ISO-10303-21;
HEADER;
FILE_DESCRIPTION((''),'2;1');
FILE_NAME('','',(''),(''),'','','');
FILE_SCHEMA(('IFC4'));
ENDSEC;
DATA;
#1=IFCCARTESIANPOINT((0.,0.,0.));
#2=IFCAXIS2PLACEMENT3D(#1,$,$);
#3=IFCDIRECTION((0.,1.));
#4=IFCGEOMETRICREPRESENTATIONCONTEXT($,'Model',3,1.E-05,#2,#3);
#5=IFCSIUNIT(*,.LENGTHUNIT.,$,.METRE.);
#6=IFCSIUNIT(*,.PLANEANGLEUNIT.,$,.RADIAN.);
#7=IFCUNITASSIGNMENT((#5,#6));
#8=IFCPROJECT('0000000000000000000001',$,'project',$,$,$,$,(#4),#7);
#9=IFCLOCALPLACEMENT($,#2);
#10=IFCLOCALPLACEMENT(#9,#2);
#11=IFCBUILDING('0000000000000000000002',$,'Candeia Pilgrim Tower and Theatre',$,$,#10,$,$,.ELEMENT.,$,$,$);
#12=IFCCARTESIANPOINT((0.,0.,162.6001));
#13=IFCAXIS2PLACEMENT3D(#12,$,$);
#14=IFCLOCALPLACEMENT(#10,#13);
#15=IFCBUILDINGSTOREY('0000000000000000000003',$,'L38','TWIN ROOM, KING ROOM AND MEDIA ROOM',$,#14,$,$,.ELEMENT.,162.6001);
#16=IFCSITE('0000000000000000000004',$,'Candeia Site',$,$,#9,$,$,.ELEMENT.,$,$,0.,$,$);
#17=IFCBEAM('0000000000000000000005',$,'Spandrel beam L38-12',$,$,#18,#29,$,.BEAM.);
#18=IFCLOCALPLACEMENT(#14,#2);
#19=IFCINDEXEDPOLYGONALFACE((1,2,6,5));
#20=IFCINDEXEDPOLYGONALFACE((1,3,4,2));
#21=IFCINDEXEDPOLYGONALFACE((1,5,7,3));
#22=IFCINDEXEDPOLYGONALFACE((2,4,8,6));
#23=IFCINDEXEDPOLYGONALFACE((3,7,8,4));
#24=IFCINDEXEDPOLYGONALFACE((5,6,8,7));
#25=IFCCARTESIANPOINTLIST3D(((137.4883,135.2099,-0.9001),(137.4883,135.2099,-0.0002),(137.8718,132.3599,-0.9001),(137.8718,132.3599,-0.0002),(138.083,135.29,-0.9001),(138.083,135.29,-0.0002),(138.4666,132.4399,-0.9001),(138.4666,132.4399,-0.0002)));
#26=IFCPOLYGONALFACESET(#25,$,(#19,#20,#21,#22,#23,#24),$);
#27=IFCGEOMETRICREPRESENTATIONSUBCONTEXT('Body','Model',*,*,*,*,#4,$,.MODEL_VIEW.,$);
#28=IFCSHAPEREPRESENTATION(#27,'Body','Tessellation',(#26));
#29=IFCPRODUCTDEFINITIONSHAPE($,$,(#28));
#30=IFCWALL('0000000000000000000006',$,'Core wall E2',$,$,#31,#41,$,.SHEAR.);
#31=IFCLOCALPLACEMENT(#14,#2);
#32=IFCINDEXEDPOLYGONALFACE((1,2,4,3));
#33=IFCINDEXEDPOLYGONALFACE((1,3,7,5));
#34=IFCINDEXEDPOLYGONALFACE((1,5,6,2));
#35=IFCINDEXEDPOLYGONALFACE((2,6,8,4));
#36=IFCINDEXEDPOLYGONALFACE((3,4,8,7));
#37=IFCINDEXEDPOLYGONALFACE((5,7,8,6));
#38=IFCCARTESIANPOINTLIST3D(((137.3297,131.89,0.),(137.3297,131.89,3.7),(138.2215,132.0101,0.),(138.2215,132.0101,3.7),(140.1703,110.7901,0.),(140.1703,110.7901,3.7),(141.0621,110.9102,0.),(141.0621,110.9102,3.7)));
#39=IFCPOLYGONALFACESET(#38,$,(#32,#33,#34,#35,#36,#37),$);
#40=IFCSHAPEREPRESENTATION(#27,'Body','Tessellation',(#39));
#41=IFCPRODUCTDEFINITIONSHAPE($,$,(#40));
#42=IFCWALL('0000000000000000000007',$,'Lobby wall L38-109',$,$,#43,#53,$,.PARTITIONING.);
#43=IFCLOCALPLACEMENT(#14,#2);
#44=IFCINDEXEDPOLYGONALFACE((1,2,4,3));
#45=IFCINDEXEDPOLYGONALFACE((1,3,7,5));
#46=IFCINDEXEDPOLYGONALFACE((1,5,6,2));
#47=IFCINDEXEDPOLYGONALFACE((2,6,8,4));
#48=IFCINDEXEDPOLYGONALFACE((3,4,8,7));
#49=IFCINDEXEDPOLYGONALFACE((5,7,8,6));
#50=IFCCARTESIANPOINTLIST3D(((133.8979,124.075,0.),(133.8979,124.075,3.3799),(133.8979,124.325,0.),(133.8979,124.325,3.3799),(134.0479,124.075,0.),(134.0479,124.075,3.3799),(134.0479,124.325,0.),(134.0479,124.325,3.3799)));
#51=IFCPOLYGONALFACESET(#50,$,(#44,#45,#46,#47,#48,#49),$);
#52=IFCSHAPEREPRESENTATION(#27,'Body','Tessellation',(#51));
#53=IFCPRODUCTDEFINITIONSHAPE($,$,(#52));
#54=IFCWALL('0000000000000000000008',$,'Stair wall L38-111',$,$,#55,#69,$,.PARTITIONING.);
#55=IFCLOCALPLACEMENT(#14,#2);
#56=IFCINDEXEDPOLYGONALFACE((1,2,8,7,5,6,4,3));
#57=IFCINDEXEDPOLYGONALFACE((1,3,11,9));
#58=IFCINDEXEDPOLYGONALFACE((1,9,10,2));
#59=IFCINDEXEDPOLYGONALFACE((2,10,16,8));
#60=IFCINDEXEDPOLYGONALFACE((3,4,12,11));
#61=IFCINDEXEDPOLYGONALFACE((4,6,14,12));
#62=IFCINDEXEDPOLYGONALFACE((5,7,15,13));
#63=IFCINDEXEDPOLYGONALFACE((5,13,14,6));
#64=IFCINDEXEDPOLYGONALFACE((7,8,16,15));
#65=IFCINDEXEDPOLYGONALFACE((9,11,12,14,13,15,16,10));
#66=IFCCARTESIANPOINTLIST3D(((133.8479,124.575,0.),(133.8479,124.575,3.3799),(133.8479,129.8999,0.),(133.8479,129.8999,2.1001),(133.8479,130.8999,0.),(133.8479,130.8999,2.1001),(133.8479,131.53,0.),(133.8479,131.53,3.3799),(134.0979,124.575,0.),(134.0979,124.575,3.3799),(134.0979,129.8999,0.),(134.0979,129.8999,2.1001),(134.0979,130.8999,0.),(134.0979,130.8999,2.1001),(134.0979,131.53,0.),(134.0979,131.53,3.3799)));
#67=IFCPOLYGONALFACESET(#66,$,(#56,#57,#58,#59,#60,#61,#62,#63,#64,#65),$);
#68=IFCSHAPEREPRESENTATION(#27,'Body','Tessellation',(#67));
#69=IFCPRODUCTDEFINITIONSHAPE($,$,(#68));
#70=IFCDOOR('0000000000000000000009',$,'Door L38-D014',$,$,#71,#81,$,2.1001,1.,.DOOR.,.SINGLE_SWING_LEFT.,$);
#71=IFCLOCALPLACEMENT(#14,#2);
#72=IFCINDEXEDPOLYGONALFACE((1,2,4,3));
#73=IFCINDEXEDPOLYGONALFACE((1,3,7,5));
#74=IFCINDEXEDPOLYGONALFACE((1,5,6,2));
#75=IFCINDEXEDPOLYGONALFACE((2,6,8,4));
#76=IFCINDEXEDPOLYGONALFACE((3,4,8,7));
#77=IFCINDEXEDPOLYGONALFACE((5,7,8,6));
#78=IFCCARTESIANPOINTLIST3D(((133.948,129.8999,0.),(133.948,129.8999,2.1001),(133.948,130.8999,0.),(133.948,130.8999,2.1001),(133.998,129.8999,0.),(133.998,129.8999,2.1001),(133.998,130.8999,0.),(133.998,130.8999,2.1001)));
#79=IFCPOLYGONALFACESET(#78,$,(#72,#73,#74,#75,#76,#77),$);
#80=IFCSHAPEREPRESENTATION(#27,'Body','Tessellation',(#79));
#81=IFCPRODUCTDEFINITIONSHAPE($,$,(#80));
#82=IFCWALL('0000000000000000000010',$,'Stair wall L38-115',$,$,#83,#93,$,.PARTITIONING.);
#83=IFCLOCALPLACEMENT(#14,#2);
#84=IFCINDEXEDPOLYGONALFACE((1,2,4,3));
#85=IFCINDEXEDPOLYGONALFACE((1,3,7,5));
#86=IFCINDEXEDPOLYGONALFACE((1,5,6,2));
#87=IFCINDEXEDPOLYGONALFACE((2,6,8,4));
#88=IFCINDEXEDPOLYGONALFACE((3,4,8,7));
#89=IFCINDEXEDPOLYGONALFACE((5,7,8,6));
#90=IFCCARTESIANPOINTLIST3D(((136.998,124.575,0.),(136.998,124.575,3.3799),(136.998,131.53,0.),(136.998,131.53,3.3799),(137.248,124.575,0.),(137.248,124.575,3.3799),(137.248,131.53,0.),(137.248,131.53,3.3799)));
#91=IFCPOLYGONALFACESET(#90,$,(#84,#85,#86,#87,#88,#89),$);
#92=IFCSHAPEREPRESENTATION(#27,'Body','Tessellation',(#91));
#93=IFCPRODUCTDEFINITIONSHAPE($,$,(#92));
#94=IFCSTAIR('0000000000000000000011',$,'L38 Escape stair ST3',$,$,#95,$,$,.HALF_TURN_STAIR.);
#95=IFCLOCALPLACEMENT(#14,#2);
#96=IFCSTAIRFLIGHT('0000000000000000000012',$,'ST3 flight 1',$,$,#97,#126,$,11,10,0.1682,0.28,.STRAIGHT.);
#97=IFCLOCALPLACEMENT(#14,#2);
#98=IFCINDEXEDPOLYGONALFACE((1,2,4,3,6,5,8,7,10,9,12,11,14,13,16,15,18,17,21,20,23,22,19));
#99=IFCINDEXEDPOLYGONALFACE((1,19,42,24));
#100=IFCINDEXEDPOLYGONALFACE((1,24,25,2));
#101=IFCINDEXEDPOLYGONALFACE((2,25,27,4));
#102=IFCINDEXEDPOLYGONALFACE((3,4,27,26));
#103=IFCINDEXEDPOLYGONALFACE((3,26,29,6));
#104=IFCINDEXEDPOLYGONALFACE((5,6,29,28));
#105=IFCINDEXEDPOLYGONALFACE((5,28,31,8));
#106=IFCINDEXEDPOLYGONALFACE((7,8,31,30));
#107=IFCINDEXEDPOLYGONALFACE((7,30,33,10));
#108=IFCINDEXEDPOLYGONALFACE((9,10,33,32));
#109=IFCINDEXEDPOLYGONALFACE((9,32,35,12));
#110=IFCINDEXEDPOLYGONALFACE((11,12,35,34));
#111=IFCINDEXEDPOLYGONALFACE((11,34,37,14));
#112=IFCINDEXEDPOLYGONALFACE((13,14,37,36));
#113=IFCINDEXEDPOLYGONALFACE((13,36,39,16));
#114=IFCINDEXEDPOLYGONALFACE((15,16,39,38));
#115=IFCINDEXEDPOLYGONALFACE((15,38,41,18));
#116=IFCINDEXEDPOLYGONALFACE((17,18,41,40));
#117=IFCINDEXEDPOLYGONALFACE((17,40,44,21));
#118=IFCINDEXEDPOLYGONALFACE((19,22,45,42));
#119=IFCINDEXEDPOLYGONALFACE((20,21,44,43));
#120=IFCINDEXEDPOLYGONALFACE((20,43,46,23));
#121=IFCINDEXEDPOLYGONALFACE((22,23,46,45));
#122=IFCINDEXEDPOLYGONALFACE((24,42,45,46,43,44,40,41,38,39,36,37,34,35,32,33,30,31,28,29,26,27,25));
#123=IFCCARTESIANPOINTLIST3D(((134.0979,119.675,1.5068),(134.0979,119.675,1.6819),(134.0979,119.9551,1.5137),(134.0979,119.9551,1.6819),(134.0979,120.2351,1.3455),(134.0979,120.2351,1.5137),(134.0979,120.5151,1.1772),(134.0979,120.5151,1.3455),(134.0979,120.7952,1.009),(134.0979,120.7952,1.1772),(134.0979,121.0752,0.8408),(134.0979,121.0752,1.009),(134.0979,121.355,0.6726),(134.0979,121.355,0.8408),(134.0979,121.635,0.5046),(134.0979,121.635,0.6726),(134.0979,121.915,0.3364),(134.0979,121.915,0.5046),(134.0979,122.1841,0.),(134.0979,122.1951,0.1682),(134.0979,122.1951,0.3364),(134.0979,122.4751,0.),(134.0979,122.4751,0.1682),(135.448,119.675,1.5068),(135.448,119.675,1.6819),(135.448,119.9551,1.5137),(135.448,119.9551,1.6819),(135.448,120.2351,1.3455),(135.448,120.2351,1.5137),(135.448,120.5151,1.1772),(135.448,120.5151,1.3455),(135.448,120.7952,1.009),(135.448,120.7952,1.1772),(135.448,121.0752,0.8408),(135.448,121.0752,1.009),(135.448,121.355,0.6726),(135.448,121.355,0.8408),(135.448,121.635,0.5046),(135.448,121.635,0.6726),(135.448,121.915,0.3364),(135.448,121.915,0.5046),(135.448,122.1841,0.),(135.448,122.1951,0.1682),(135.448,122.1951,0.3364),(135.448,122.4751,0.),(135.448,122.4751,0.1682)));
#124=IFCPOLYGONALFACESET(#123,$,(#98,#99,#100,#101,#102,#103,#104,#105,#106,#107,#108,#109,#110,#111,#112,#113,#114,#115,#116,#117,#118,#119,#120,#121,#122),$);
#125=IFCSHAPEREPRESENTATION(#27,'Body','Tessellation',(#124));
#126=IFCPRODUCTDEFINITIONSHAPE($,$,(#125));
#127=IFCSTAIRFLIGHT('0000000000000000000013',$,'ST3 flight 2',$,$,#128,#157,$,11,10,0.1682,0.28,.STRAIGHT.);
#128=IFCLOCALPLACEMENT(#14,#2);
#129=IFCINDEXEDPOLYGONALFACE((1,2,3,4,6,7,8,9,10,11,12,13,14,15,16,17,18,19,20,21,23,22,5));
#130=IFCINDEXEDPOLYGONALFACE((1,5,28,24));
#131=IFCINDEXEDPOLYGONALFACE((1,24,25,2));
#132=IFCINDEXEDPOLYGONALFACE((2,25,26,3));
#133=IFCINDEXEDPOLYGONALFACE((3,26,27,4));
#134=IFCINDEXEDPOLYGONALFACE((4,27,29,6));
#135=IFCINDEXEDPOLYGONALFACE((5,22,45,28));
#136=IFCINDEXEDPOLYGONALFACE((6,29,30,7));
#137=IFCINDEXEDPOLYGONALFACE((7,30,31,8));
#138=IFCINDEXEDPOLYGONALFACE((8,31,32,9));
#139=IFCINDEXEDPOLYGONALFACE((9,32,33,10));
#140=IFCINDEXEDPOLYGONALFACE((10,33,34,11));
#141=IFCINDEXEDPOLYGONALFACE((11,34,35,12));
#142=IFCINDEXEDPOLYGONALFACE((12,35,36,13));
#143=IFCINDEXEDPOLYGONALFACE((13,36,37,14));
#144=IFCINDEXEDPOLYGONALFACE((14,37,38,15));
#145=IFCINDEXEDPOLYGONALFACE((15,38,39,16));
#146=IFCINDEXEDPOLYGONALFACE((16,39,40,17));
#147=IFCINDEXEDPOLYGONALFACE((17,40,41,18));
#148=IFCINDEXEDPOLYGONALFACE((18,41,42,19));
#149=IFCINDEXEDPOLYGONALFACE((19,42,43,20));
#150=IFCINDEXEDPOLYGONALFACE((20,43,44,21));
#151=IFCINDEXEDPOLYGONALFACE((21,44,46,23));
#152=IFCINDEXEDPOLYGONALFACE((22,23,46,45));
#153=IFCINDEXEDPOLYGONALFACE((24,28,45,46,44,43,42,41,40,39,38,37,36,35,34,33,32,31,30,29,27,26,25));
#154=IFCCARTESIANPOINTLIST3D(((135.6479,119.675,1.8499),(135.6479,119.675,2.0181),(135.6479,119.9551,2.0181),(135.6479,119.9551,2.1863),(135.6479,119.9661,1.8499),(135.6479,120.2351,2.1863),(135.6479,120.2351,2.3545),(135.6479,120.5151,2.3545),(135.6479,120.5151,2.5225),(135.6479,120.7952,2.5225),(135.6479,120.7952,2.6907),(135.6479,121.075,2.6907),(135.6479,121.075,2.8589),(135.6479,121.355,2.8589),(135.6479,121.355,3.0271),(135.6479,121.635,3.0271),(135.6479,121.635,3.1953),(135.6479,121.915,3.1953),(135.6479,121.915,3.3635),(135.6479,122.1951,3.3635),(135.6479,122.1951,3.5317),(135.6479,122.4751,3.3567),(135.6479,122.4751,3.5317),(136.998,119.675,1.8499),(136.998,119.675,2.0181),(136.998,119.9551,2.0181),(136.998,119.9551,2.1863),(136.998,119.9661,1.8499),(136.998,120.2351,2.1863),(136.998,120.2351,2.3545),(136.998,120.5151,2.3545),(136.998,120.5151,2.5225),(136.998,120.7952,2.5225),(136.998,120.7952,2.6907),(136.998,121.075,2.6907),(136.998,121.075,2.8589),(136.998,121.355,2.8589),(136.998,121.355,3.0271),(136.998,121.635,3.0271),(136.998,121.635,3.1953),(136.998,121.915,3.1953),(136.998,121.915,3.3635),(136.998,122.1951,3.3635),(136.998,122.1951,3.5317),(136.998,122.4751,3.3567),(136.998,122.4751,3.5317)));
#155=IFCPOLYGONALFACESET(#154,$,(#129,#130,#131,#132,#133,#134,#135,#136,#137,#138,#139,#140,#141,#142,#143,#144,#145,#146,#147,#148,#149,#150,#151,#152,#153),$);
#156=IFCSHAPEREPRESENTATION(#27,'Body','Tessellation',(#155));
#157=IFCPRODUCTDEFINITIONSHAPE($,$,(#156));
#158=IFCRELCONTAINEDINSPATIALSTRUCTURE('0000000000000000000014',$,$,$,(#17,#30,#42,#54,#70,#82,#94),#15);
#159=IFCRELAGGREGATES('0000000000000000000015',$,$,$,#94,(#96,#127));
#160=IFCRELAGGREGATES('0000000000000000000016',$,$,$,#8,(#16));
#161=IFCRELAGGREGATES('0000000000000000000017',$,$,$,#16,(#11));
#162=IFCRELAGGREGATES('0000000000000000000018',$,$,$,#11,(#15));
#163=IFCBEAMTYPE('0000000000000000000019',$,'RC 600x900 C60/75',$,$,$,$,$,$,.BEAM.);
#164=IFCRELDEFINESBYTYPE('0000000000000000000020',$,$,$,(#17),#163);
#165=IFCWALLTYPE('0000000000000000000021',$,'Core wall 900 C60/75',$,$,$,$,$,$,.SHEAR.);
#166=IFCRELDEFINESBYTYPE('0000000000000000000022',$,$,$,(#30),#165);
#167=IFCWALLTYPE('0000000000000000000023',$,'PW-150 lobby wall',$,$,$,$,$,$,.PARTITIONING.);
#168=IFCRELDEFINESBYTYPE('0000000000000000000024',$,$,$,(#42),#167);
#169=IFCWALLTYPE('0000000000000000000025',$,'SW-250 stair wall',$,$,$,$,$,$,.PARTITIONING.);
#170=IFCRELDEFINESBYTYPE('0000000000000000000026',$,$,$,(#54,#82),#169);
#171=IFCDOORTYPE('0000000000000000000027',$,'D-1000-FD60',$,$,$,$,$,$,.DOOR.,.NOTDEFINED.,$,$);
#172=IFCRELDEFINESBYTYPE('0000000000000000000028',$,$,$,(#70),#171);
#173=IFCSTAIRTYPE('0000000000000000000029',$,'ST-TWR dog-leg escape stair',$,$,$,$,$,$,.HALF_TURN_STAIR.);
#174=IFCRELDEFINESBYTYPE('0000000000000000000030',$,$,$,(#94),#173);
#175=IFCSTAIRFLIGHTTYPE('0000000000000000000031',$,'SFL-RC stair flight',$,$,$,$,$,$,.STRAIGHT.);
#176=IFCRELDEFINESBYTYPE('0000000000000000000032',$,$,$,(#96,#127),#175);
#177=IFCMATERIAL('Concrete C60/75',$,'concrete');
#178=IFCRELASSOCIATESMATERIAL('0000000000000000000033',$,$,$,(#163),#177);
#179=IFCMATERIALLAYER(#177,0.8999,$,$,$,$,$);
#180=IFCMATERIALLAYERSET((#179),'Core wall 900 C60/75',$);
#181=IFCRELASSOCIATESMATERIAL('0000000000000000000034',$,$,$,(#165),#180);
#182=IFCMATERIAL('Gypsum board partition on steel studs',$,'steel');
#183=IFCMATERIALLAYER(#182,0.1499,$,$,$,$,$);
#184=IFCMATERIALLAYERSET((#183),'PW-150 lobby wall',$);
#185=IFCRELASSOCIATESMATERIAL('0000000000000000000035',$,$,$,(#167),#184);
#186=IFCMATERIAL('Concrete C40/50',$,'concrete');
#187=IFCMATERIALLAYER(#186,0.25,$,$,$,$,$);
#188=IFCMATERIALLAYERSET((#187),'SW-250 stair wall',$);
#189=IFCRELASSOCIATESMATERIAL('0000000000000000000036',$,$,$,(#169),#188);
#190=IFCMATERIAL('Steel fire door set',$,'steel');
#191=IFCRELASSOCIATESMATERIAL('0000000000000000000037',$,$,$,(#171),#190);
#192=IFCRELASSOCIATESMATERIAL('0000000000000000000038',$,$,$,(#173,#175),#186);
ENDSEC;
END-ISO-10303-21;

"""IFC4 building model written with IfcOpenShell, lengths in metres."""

from ifc_helpers import new_model, si_unit, direction, frame, frame_2d, origin, origin_2d, place, context, subcontext, project, spatial, polyline, rectangle, outline, extrude, material, layer, layer_set, material_profile, profile_set, type_object, element, fill, aggregate, save


model = new_model("IFC4")

# Units and contexts
model_context = context("Model", 3, precision=1e-05, world=origin(), true_north=direction((0.0, 1.0)))
body_context = subcontext(model_context, "Body", "Model", "MODEL_VIEW")
ifc_project = project(units=[si_unit("LENGTHUNIT", "METRE"), si_unit("PLANEANGLEUNIT", "RADIAN")], contexts=[model_context])

# Site, building, storey
site_placement = place(None, origin())
site = spatial("IfcSite", under=ifc_project, at=site_placement, Name="Candeia Site", CompositionType="ELEMENT", RefElevation=0.0)
building_placement = place(site_placement, origin())
building = spatial("IfcBuilding", under=site, at=building_placement, Name="Candeia Pilgrim Tower and Theatre", CompositionType="ELEMENT")
storey_placement = place(building_placement, frame((0.0, 0.0, 162.6001)))
storey = spatial("IfcBuildingStorey", under=building, at=storey_placement, Name="L38", Description="TWIN ROOM, KING ROOM AND MEDIA ROOM", CompositionType="ELEMENT", Elevation=162.6001)

# Beam
ifc_material_1 = material(Name="Concrete C60/75", Category="concrete")
ifc_material_profile = material_profile(ifc_material_1, rectangle(XDim=0.6001, YDim=0.8999, at=origin_2d()))
ifc_profile_set = profile_set([ifc_material_profile], Name="Concrete C60/75")
beam_type = type_object("IfcBeamType", Name="RC 600x900 C60/75", PredefinedType="BEAM", material=ifc_profile_set)
beam_placement = place(storey_placement, frame((138.1692, 132.3999, -0.4502), z_axis=(-0.13337, 0.991066, 0.0), x_axis=(-0.991066, -0.13337, 0.0)))
element("IfcBeam", 1, at=beam_placement, inside=storey, type_object=beam_type, Name="Spandrel beam L38-12", PredefinedType="BEAM", context=body_context, shape_type="SweptSolid", body=[
    extrude(rectangle(XDim=0.6001, YDim=0.8999, at=origin_2d()), origin(), (0.0, 0.0, 1.0), 2.8757),
])

# Wall
ifc_layer_1 = layer(ifc_material_1, 0.8999)
ifc_layer_set_1 = layer_set([ifc_layer_1], Name="Core wall 900 C60/75")
wall_type_1 = type_object("IfcWallType", Name="Core wall 900 C60/75", PredefinedType="SHEAR", material=ifc_layer_set_1)
wall_1_placement = place(storey_placement, frame((137.7756, 131.95, 0.0), z_axis=(0.0, 0.0, 1.0), x_axis=(0.133422, -0.991059, 0.0)))
element("IfcWall", 2, at=wall_1_placement, inside=storey, type_object=wall_type_1, Name="Core wall E2", PredefinedType="SHEAR", context=body_context, shape_type="SweptSolid", body=[
    extrude(rectangle(XDim=21.2903, YDim=0.8999, at=frame_2d((10.645, 0.0))), origin(), (0.0, 0.0, 1.0), 3.7),
])

# Wall
ifc_material_2 = material(Name="Gypsum board partition on steel studs", Category="steel")
ifc_layer_2 = layer(ifc_material_2, 0.1499)
ifc_layer_set_2 = layer_set([ifc_layer_2], Name="PW-150 lobby wall")
wall_type_2 = type_object("IfcWallType", Name="PW-150 lobby wall", PredefinedType="PARTITIONING", material=ifc_layer_set_2)
wall_2_placement = place(storey_placement, frame((133.9729, 124.075, 0.0), z_axis=(0.0, 0.0, 1.0), x_axis=(0.0, 1.0, 0.0)))
element("IfcWall", 3, at=wall_2_placement, inside=storey, type_object=wall_type_2, Name="Lobby wall L38-109", PredefinedType="PARTITIONING", context=body_context, shape_type="SweptSolid", body=[
    extrude(rectangle(XDim=0.25, YDim=0.1499, at=frame_2d((0.125, 0.0))), origin(), (0.0, 0.0, 1.0), 3.3799),
])

# Wall, opening, door
ifc_material_3 = material(Name="Concrete C40/50", Category="concrete")
ifc_layer_3 = layer(ifc_material_3, 0.25)
ifc_layer_set_3 = layer_set([ifc_layer_3], Name="SW-250 stair wall")
wall_type_3 = type_object("IfcWallType", Name="SW-250 stair wall", PredefinedType="PARTITIONING", material=ifc_layer_set_3)
wall_3_placement = place(storey_placement, frame((133.9729, 124.575, 0.0), z_axis=(0.0, 0.0, 1.0), x_axis=(0.0, 1.0, 0.0)))
wall_3 = element("IfcWall", 4, at=wall_3_placement, inside=storey, type_object=wall_type_3, Name="Stair wall L38-111", PredefinedType="PARTITIONING", context=body_context, shape_type="SweptSolid", body=[
    extrude(rectangle(XDim=6.9551, YDim=0.25, at=frame_2d((3.4775, 0.0))), origin(), (0.0, 0.0, 1.0), 3.3799),
])
opening_1_placement = place(wall_3_placement, frame((5.325, 0.0, 0.0)))
opening_1 = element("IfcOpeningElement", 5, at=opening_1_placement, cuts=wall_3, PredefinedType="OPENING", context=body_context, shape_type="SweptSolid", body=[
    extrude(rectangle(XDim=1.0, YDim=2.1001, at=frame_2d((0.5, 1.05))), frame((0.0, 0.135, 0.0), z_axis=(0.0, -1.0, 0.0), x_axis=(1.0, 0.0, 0.0)), (0.0, 0.0, 1.0), 0.27),
])
ifc_material_4 = material(Name="Steel fire door set", Category="steel")
door_type_1 = type_object("IfcDoorType", Name="D-1000-FD60", OperationType="NOTDEFINED", PredefinedType="DOOR", material=ifc_material_4)
door_1_placement = place(opening_1_placement, origin())
door_1 = element("IfcDoor", 6, at=door_1_placement, inside=storey, type_object=door_type_1, Name="Door L38-D014", OperationType="SINGLE_SWING_LEFT", OverallHeight=2.1001, OverallWidth=1.0, PredefinedType="DOOR", context=body_context, shape_type="SweptSolid", body=[
    extrude(rectangle(XDim=1.0, YDim=2.1001, at=frame_2d((0.5, 1.05))), frame((0.0, 0.0249, 0.0), z_axis=(0.0, -1.0, 0.0), x_axis=(1.0, 0.0, 0.0)), (0.0, 0.0, 1.0), 0.05),
])
fill(opening_1, door_1)

# Wall
wall_4_placement = place(storey_placement, frame((137.123, 124.575, 0.0), z_axis=(0.0, 0.0, 1.0), x_axis=(0.0, 1.0, 0.0)))
element("IfcWall", 7, at=wall_4_placement, inside=storey, type_object=wall_type_3, Name="Stair wall L38-115", PredefinedType="PARTITIONING", context=body_context, shape_type="SweptSolid", body=[
    extrude(rectangle(XDim=6.9551, YDim=0.25, at=frame_2d((3.4775, 0.0))), origin(), (0.0, 0.0, 1.0), 3.3799),
])

# Stair, stair flights
stair_type = type_object("IfcStairType", Name="ST-TWR dog-leg escape stair", PredefinedType="HALF_TURN_STAIR", material=ifc_material_3)
stair_1_placement = place(storey_placement, origin())
stair_1 = element("IfcStair", 8, at=stair_1_placement, inside=storey, type_object=stair_type, Name="L38 Escape stair ST3", PredefinedType="HALF_TURN_STAIR")
stair_flight_type = type_object("IfcStairFlightType", Name="SFL-RC stair flight", PredefinedType="STRAIGHT", material=ifc_material_3)
stair_flight_1_placement = place(storey_placement, frame((134.7729, 122.4751, 0.0), z_axis=(0.0, 0.0, 1.0), x_axis=(0.0, -1.0, 0.0)))
stair_flight_1 = element("IfcStairFlight", 9, at=stair_flight_1_placement, type_object=stair_flight_type, Name="ST3 flight 1", NumberOfRisers=11, NumberOfTreads=10, PredefinedType="STRAIGHT", RiserHeight=0.1682, TreadLength=0.28, context=body_context, shape_type="SweptSolid", body=[
    extrude(outline(polyline([(0.0, 0.0), (0.0, 0.1682), (0.28, 0.1682), (0.28, 0.3364), (0.5601, 0.3364), (0.5601, 0.5046), (0.8401, 0.5046), (0.8401, 0.6726), (1.1201, 0.6726), (1.1201, 0.8408), (1.3999, 0.8408), (1.3999, 1.009), (1.6799, 1.009), (1.6799, 1.1772), (1.96, 1.1772), (1.96, 1.3455), (2.24, 1.3455), (2.24, 1.5137), (2.52, 1.5137), (2.52, 1.6819), (2.8, 1.6819), (2.8, 1.8501), (2.8, 1.5068), (0.291, 0.0), (0.0, 0.0)])), frame((0.0, 0.675, 0.0), z_axis=(0.0, -1.0, 0.0), x_axis=(1.0, 0.0, 0.0)), (0.0, 0.0, 1.0), 1.3501),
])
stair_flight_2_placement = place(storey_placement, frame((136.323, 119.675, 1.8499), z_axis=(0.0, 0.0, 1.0), x_axis=(0.0, 1.0, 0.0)))
stair_flight_2 = element("IfcStairFlight", 10, at=stair_flight_2_placement, type_object=stair_flight_type, Name="ST3 flight 2", NumberOfRisers=11, NumberOfTreads=10, PredefinedType="STRAIGHT", RiserHeight=0.1682, TreadLength=0.28, context=body_context, shape_type="SweptSolid", body=[
    extrude(outline(polyline([(0.0, 0.0), (0.0, 0.1682), (0.28, 0.1682), (0.28, 0.3364), (0.5601, 0.3364), (0.5601, 0.5046), (0.8401, 0.5046), (0.8401, 0.6726), (1.1201, 0.6726), (1.1201, 0.8408), (1.3999, 0.8408), (1.3999, 1.009), (1.6799, 1.009), (1.6799, 1.1772), (1.96, 1.1772), (1.96, 1.3455), (2.24, 1.3455), (2.24, 1.5137), (2.52, 1.5137), (2.52, 1.6819), (2.8, 1.6819), (2.8, 1.8501), (2.8, 1.5068), (0.291, 0.0), (0.0, 0.0)])), frame((0.0, 0.675, 0.0), z_axis=(0.0, -1.0, 0.0), x_axis=(1.0, 0.0, 0.0)), (0.0, 0.0, 1.0), 1.3501),
])
aggregate(stair_1, [stair_flight_1, stair_flight_2])

save(model, "model.ifc")
